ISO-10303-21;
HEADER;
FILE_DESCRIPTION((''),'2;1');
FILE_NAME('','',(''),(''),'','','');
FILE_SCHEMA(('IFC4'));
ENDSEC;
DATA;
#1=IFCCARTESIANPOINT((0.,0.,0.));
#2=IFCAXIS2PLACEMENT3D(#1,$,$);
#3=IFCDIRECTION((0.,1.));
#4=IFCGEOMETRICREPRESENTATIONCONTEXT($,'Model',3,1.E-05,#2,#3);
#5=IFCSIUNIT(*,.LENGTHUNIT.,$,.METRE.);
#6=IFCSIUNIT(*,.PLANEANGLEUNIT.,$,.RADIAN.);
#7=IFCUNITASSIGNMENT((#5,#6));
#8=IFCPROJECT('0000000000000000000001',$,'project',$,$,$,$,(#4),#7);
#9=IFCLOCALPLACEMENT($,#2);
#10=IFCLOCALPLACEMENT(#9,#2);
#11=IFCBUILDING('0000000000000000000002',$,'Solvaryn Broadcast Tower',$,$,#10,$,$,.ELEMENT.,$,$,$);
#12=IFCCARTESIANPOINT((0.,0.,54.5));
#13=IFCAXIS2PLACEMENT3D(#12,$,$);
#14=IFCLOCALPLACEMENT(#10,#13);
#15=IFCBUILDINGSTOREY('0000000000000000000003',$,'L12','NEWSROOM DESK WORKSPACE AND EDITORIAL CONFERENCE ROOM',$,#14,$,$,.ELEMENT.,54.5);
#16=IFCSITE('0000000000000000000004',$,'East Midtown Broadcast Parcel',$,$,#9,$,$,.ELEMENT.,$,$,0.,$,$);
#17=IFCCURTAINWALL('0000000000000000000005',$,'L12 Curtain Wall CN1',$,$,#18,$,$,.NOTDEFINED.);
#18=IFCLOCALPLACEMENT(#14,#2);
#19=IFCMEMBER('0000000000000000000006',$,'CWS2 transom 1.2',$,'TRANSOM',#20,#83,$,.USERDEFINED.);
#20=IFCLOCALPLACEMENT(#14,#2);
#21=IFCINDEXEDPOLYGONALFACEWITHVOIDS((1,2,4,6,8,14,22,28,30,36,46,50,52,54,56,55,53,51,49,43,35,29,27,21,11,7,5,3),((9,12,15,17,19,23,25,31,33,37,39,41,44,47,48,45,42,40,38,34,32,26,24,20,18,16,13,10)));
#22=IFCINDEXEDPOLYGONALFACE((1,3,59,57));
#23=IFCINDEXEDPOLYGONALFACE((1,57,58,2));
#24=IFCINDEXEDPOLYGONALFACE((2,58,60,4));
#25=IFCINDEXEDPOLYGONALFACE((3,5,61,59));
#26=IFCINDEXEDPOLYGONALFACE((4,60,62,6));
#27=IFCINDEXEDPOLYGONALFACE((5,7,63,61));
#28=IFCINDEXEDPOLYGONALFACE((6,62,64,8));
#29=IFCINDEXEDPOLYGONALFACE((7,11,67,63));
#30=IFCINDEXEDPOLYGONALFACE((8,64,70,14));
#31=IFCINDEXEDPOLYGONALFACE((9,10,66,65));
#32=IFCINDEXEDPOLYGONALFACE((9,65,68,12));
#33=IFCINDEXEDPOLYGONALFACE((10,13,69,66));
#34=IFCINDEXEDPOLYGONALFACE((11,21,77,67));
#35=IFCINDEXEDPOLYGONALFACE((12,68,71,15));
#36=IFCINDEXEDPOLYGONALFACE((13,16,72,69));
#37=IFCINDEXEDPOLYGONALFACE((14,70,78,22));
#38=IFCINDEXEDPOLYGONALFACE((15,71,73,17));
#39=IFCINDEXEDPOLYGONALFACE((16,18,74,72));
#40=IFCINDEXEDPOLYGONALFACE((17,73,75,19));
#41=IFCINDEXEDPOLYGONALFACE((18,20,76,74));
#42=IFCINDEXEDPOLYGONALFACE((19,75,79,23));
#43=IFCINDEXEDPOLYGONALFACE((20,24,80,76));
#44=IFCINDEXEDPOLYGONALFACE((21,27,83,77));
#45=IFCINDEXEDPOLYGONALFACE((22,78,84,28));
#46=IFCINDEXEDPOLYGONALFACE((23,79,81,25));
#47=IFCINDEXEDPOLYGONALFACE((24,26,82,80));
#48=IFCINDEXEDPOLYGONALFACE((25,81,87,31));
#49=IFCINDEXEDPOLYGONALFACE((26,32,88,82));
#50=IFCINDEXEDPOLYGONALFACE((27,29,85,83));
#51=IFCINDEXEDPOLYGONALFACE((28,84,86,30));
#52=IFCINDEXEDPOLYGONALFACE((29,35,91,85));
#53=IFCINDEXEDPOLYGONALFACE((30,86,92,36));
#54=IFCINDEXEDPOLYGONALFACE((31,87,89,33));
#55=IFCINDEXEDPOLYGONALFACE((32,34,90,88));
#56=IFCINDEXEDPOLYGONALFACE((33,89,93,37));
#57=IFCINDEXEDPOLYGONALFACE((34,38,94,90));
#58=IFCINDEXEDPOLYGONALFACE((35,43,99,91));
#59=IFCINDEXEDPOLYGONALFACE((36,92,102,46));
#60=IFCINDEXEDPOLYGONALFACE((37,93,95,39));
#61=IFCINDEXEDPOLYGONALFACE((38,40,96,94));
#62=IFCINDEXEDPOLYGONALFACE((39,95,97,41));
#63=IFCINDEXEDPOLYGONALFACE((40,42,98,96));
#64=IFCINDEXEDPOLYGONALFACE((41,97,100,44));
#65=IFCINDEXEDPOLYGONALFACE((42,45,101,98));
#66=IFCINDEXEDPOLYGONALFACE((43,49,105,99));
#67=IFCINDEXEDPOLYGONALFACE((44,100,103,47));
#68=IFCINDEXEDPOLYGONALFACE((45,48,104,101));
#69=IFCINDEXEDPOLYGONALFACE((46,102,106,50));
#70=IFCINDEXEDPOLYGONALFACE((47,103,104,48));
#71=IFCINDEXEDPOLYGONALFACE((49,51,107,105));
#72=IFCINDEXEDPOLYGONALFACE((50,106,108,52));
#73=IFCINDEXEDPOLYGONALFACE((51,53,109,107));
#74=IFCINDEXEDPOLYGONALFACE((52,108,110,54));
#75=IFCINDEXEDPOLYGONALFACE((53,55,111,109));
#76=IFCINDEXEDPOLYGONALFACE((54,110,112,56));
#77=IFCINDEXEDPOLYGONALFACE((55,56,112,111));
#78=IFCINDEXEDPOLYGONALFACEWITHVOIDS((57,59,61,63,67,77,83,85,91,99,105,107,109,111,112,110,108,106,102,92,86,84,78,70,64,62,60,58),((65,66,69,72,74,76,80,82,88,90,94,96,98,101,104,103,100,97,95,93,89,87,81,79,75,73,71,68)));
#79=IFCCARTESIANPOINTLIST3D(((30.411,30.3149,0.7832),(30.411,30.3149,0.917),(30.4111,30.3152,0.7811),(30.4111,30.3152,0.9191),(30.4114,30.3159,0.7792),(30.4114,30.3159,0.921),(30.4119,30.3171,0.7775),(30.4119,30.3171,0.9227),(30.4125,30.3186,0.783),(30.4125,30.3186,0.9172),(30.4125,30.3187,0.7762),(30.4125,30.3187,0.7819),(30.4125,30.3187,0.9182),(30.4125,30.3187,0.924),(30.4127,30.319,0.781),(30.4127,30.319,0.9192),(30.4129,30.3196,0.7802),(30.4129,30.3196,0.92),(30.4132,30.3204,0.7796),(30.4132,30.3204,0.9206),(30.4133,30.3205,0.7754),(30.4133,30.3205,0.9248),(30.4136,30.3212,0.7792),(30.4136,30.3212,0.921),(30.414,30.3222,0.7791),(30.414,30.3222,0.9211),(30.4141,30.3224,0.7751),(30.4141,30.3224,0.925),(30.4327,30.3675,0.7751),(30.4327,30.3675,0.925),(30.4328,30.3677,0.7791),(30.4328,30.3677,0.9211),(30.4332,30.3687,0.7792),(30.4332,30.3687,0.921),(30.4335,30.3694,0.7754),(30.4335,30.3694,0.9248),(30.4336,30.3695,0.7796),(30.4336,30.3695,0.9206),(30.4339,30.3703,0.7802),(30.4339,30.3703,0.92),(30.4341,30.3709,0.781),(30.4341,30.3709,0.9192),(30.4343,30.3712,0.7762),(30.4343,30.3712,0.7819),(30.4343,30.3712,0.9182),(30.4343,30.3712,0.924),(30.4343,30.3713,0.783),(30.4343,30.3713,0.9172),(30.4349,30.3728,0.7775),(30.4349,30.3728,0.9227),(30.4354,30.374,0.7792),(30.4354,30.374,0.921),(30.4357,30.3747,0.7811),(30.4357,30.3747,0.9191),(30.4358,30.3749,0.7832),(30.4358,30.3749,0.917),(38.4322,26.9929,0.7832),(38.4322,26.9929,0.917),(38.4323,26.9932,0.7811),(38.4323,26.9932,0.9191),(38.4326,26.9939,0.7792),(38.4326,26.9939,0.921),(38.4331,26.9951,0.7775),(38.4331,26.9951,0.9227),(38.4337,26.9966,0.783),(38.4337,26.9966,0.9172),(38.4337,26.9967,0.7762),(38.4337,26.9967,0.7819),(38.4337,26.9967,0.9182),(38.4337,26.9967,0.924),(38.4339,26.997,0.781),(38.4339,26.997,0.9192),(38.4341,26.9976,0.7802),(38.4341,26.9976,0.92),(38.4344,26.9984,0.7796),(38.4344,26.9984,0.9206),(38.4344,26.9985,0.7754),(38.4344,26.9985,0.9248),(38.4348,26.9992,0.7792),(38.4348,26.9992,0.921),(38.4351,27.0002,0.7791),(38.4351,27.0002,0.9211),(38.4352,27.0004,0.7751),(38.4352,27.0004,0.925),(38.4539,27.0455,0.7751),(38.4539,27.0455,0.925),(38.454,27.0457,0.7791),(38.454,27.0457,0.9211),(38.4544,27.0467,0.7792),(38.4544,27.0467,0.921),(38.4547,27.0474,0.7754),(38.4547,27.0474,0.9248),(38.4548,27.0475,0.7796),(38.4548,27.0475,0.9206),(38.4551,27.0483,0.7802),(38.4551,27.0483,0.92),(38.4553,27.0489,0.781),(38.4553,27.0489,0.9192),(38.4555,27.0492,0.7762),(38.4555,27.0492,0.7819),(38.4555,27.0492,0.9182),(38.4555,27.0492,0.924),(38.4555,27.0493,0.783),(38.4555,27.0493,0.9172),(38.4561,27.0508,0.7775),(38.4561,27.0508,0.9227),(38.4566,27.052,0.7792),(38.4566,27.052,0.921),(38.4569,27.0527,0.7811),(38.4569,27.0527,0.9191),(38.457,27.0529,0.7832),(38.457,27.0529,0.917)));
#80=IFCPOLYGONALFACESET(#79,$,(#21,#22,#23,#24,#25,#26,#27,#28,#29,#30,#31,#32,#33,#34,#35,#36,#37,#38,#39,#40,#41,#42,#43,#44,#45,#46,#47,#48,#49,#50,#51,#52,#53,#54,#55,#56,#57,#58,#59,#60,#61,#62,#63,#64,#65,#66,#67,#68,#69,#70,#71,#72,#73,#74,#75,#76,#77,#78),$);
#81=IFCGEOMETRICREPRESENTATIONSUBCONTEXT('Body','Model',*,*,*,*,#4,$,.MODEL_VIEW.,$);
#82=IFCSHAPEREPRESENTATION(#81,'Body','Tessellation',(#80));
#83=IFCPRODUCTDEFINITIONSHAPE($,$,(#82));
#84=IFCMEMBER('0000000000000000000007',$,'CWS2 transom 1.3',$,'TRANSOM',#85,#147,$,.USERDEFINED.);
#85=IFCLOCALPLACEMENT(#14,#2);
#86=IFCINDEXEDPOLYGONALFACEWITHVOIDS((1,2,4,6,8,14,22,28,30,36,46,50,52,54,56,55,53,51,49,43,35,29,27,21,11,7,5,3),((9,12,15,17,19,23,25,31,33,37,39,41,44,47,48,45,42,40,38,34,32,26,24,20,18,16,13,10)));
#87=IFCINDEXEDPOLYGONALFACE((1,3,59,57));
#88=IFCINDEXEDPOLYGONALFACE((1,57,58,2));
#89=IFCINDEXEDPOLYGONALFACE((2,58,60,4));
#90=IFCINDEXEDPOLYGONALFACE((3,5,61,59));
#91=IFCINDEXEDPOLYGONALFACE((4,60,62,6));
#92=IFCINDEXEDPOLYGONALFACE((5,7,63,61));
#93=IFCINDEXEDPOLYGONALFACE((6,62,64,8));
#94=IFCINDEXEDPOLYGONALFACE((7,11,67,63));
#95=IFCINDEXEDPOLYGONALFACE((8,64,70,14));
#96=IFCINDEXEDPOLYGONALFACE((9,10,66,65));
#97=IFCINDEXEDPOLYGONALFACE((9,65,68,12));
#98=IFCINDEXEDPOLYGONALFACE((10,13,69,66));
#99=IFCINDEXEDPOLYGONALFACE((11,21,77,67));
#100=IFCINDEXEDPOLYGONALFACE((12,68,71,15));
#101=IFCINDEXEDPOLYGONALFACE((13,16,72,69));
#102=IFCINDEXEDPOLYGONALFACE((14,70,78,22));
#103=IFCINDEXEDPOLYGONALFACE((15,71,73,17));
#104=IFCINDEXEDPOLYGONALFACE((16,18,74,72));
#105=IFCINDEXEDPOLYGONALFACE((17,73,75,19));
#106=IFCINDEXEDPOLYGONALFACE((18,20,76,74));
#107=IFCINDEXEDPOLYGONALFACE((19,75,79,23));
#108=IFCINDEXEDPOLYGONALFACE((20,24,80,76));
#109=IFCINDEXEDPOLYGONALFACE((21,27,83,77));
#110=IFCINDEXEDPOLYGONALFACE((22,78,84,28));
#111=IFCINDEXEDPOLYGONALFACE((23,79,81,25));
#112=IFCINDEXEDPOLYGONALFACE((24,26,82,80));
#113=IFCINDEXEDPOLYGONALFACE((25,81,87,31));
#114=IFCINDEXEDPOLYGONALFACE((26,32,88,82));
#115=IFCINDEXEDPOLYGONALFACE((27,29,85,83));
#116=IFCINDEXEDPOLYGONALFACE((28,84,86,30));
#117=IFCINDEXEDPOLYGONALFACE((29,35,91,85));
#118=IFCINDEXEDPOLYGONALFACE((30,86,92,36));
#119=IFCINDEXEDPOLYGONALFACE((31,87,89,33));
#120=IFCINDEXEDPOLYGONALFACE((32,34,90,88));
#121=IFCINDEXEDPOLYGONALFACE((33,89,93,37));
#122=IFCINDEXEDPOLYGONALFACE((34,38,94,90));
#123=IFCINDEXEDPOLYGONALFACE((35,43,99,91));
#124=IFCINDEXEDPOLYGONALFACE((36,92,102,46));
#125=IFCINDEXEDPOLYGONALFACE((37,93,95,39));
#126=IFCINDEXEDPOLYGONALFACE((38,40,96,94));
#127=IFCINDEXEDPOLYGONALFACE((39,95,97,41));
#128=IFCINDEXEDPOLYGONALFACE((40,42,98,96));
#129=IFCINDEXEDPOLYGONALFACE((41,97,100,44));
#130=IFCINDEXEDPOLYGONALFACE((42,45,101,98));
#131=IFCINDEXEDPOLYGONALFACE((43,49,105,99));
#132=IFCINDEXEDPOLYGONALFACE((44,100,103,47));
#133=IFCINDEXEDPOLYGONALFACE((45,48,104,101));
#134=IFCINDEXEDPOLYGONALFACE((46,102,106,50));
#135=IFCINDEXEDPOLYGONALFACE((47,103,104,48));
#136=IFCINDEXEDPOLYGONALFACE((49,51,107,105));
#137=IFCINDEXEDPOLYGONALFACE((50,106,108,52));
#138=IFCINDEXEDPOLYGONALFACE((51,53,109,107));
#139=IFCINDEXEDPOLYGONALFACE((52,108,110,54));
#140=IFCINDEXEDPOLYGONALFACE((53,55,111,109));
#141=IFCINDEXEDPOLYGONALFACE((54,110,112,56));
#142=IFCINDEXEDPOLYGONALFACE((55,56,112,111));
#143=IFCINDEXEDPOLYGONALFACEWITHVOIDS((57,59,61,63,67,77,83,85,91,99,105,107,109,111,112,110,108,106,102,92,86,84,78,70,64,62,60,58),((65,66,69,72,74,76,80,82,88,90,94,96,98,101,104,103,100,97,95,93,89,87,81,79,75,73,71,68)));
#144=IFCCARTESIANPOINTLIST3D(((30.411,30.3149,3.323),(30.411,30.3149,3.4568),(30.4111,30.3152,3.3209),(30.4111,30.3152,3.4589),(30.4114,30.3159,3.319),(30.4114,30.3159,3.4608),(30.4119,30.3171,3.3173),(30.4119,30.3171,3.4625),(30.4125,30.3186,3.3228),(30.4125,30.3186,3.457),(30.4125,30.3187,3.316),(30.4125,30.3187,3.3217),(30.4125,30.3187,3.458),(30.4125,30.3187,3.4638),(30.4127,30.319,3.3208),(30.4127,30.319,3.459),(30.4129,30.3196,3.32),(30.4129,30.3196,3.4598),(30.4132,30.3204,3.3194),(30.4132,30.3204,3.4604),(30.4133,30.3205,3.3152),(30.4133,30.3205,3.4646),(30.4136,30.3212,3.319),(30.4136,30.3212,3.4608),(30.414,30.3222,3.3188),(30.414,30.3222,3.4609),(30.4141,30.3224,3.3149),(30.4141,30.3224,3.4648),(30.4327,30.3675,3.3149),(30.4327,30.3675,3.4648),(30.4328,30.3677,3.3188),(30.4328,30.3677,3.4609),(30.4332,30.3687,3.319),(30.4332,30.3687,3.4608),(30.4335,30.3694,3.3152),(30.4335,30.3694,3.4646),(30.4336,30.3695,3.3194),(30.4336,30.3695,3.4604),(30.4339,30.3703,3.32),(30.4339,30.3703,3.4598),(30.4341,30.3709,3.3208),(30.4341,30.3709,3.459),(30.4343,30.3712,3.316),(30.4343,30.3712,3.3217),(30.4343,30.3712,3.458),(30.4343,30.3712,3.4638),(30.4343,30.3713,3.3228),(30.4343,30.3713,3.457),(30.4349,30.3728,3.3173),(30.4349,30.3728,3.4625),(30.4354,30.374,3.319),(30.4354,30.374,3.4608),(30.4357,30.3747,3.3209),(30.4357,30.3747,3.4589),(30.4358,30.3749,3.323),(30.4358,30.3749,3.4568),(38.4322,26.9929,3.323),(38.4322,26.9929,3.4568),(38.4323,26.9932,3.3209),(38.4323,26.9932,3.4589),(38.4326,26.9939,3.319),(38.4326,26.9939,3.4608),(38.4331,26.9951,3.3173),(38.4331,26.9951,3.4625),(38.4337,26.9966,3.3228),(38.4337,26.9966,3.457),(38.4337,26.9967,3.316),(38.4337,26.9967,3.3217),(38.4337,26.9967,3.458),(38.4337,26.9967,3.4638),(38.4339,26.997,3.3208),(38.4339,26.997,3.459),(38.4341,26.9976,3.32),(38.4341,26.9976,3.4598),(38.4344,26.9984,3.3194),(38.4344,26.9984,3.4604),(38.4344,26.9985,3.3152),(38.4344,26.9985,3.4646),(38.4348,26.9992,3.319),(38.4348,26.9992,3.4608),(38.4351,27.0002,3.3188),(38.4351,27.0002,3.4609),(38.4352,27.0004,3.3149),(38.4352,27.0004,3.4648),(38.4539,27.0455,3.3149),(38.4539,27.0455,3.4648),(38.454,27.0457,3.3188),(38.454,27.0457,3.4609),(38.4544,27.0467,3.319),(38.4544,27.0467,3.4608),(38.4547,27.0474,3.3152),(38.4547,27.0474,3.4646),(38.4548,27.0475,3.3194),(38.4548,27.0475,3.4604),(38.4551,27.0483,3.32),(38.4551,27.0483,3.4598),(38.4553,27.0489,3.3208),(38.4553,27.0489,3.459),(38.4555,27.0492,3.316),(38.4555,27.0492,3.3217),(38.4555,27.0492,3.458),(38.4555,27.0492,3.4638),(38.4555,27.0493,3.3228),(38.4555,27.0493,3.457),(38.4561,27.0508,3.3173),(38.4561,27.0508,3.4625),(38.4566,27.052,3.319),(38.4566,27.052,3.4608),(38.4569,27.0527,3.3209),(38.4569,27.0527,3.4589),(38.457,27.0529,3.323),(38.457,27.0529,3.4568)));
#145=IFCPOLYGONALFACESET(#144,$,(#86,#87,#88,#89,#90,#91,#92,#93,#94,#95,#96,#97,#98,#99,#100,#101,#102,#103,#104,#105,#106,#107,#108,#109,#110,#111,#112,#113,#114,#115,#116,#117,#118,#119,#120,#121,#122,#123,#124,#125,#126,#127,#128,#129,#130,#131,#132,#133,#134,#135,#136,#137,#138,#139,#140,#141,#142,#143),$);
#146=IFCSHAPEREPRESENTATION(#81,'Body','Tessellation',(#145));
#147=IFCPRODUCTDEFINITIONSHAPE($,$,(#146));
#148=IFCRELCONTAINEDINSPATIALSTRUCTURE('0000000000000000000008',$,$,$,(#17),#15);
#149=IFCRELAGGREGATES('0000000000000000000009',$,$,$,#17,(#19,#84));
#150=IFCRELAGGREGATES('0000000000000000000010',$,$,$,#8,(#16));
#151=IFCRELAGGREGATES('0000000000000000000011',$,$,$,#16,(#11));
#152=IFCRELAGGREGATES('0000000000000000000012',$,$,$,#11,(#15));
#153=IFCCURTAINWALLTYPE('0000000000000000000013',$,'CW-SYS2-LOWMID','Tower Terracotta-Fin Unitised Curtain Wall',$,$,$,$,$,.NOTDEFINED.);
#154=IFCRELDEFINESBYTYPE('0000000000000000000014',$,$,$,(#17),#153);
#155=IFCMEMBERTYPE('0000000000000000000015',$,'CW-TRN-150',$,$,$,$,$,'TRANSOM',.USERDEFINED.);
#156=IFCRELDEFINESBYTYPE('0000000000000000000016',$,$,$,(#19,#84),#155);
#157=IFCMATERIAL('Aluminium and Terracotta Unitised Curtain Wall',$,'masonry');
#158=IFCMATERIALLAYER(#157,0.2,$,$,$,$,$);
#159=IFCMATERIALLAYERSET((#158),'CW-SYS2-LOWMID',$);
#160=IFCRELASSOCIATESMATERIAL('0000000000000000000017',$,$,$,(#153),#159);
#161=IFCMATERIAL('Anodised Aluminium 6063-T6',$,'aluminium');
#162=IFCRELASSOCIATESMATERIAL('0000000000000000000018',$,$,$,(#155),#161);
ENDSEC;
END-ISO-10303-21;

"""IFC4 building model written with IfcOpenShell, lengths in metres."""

from ifc_helpers import new_model, si_unit, direction, frame, origin, origin_2d, place, context, subcontext, project, spatial, hollow_rectangle, extrude, material, layer, layer_set, material_profile, profile_set, type_object, element, aggregate, save


model = new_model("IFC4")

# Units and contexts
model_context = context("Model", 3, precision=1e-05, world=origin(), true_north=direction((0.0, 1.0)))
body_context = subcontext(model_context, "Body", "Model", "MODEL_VIEW")
ifc_project = project(units=[si_unit("LENGTHUNIT", "METRE"), si_unit("PLANEANGLEUNIT", "RADIAN")], contexts=[model_context])

# Site, building, storey
site_placement = place(None, origin())
site = spatial("IfcSite", under=ifc_project, at=site_placement, Name="East Midtown Broadcast Parcel", CompositionType="ELEMENT", RefElevation=0.0)
building_placement = place(site_placement, origin())
building = spatial("IfcBuilding", under=site, at=building_placement, Name="Solvaryn Broadcast Tower", CompositionType="ELEMENT")
storey_placement = place(building_placement, frame((0.0, 0.0, 54.5)))
storey = spatial("IfcBuildingStorey", under=building, at=storey_placement, Name="L12", Description="NEWSROOM DESK WORKSPACE AND EDITORIAL CONFERENCE ROOM", CompositionType="ELEMENT", Elevation=54.5)

# Curtain wall
ifc_material_1 = material(Name="Aluminium and Terracotta Unitised Curtain Wall", Category="masonry")
ifc_layer_1 = layer(ifc_material_1, 0.2)
ifc_layer_set_1 = layer_set([ifc_layer_1], Name="CW-SYS2-LOWMID")
curtain_wall_type = type_object("IfcCurtainWallType", Name="CW-SYS2-LOWMID", Description="Tower Terracotta-Fin Unitised Curtain Wall", PredefinedType="NOTDEFINED", material=ifc_layer_set_1)
curtain_wall_1_placement = place(storey_placement, origin())
curtain_wall_1 = element("IfcCurtainWall", 1, at=curtain_wall_1_placement, inside=storey, type_object=curtain_wall_type, Name="L12 Curtain Wall CN1", PredefinedType="NOTDEFINED")

# Members
ifc_material_2 = material(Name="Anodised Aluminium 6063-T6", Category="aluminium")
ifc_material_profile_1 = material_profile(ifc_material_2, hollow_rectangle(XDim=0.0649, YDim=0.1499, WallThickness=0.0039, InnerFilletRadius=0.0039, OuterFilletRadius=0.0081, at=origin_2d()))
ifc_profile_set_1 = profile_set([ifc_material_profile_1], Name="Anodised Aluminium 6063-T6")
member_type_1 = type_object("IfcMemberType", Name="CW-TRN-150", ElementType="TRANSOM", PredefinedType="USERDEFINED", material=ifc_profile_set_1)
member_1_placement = place(storey_placement, frame((38.4446, 27.0229, 0.8501), z_axis=(-0.923899, 0.382636, 0.0), x_axis=(-0.382636, -0.923899, 0.0)))
member_1 = element("IfcMember", 2, at=member_1_placement, type_object=member_type_1, Name="CWS2 transom 1.2", ObjectType="TRANSOM", PredefinedType="USERDEFINED", context=body_context, shape_type="SweptSolid", body=[
    extrude(hollow_rectangle(XDim=0.0649, YDim=0.1499, WallThickness=0.0039, InnerFilletRadius=0.0039, OuterFilletRadius=0.0081, at=origin_2d()), origin(), (0.0, 0.0, 1.0), 8.6819),
])
member_2_placement = place(storey_placement, frame((38.4446, 27.0229, 3.3899), z_axis=(-0.923899, 0.382636, 0.0), x_axis=(-0.382636, -0.923899, 0.0)))
member_2 = element("IfcMember", 3, at=member_2_placement, type_object=member_type_1, Name="CWS2 transom 1.3", ObjectType="TRANSOM", PredefinedType="USERDEFINED", context=body_context, shape_type="SweptSolid", body=[
    extrude(hollow_rectangle(XDim=0.0649, YDim=0.1499, WallThickness=0.0039, InnerFilletRadius=0.0039, OuterFilletRadius=0.0081, at=origin_2d()), origin(), (0.0, 0.0, 1.0), 8.6819),
])
aggregate(curtain_wall_1, [member_1, member_2])

save(model, "model.ifc")
